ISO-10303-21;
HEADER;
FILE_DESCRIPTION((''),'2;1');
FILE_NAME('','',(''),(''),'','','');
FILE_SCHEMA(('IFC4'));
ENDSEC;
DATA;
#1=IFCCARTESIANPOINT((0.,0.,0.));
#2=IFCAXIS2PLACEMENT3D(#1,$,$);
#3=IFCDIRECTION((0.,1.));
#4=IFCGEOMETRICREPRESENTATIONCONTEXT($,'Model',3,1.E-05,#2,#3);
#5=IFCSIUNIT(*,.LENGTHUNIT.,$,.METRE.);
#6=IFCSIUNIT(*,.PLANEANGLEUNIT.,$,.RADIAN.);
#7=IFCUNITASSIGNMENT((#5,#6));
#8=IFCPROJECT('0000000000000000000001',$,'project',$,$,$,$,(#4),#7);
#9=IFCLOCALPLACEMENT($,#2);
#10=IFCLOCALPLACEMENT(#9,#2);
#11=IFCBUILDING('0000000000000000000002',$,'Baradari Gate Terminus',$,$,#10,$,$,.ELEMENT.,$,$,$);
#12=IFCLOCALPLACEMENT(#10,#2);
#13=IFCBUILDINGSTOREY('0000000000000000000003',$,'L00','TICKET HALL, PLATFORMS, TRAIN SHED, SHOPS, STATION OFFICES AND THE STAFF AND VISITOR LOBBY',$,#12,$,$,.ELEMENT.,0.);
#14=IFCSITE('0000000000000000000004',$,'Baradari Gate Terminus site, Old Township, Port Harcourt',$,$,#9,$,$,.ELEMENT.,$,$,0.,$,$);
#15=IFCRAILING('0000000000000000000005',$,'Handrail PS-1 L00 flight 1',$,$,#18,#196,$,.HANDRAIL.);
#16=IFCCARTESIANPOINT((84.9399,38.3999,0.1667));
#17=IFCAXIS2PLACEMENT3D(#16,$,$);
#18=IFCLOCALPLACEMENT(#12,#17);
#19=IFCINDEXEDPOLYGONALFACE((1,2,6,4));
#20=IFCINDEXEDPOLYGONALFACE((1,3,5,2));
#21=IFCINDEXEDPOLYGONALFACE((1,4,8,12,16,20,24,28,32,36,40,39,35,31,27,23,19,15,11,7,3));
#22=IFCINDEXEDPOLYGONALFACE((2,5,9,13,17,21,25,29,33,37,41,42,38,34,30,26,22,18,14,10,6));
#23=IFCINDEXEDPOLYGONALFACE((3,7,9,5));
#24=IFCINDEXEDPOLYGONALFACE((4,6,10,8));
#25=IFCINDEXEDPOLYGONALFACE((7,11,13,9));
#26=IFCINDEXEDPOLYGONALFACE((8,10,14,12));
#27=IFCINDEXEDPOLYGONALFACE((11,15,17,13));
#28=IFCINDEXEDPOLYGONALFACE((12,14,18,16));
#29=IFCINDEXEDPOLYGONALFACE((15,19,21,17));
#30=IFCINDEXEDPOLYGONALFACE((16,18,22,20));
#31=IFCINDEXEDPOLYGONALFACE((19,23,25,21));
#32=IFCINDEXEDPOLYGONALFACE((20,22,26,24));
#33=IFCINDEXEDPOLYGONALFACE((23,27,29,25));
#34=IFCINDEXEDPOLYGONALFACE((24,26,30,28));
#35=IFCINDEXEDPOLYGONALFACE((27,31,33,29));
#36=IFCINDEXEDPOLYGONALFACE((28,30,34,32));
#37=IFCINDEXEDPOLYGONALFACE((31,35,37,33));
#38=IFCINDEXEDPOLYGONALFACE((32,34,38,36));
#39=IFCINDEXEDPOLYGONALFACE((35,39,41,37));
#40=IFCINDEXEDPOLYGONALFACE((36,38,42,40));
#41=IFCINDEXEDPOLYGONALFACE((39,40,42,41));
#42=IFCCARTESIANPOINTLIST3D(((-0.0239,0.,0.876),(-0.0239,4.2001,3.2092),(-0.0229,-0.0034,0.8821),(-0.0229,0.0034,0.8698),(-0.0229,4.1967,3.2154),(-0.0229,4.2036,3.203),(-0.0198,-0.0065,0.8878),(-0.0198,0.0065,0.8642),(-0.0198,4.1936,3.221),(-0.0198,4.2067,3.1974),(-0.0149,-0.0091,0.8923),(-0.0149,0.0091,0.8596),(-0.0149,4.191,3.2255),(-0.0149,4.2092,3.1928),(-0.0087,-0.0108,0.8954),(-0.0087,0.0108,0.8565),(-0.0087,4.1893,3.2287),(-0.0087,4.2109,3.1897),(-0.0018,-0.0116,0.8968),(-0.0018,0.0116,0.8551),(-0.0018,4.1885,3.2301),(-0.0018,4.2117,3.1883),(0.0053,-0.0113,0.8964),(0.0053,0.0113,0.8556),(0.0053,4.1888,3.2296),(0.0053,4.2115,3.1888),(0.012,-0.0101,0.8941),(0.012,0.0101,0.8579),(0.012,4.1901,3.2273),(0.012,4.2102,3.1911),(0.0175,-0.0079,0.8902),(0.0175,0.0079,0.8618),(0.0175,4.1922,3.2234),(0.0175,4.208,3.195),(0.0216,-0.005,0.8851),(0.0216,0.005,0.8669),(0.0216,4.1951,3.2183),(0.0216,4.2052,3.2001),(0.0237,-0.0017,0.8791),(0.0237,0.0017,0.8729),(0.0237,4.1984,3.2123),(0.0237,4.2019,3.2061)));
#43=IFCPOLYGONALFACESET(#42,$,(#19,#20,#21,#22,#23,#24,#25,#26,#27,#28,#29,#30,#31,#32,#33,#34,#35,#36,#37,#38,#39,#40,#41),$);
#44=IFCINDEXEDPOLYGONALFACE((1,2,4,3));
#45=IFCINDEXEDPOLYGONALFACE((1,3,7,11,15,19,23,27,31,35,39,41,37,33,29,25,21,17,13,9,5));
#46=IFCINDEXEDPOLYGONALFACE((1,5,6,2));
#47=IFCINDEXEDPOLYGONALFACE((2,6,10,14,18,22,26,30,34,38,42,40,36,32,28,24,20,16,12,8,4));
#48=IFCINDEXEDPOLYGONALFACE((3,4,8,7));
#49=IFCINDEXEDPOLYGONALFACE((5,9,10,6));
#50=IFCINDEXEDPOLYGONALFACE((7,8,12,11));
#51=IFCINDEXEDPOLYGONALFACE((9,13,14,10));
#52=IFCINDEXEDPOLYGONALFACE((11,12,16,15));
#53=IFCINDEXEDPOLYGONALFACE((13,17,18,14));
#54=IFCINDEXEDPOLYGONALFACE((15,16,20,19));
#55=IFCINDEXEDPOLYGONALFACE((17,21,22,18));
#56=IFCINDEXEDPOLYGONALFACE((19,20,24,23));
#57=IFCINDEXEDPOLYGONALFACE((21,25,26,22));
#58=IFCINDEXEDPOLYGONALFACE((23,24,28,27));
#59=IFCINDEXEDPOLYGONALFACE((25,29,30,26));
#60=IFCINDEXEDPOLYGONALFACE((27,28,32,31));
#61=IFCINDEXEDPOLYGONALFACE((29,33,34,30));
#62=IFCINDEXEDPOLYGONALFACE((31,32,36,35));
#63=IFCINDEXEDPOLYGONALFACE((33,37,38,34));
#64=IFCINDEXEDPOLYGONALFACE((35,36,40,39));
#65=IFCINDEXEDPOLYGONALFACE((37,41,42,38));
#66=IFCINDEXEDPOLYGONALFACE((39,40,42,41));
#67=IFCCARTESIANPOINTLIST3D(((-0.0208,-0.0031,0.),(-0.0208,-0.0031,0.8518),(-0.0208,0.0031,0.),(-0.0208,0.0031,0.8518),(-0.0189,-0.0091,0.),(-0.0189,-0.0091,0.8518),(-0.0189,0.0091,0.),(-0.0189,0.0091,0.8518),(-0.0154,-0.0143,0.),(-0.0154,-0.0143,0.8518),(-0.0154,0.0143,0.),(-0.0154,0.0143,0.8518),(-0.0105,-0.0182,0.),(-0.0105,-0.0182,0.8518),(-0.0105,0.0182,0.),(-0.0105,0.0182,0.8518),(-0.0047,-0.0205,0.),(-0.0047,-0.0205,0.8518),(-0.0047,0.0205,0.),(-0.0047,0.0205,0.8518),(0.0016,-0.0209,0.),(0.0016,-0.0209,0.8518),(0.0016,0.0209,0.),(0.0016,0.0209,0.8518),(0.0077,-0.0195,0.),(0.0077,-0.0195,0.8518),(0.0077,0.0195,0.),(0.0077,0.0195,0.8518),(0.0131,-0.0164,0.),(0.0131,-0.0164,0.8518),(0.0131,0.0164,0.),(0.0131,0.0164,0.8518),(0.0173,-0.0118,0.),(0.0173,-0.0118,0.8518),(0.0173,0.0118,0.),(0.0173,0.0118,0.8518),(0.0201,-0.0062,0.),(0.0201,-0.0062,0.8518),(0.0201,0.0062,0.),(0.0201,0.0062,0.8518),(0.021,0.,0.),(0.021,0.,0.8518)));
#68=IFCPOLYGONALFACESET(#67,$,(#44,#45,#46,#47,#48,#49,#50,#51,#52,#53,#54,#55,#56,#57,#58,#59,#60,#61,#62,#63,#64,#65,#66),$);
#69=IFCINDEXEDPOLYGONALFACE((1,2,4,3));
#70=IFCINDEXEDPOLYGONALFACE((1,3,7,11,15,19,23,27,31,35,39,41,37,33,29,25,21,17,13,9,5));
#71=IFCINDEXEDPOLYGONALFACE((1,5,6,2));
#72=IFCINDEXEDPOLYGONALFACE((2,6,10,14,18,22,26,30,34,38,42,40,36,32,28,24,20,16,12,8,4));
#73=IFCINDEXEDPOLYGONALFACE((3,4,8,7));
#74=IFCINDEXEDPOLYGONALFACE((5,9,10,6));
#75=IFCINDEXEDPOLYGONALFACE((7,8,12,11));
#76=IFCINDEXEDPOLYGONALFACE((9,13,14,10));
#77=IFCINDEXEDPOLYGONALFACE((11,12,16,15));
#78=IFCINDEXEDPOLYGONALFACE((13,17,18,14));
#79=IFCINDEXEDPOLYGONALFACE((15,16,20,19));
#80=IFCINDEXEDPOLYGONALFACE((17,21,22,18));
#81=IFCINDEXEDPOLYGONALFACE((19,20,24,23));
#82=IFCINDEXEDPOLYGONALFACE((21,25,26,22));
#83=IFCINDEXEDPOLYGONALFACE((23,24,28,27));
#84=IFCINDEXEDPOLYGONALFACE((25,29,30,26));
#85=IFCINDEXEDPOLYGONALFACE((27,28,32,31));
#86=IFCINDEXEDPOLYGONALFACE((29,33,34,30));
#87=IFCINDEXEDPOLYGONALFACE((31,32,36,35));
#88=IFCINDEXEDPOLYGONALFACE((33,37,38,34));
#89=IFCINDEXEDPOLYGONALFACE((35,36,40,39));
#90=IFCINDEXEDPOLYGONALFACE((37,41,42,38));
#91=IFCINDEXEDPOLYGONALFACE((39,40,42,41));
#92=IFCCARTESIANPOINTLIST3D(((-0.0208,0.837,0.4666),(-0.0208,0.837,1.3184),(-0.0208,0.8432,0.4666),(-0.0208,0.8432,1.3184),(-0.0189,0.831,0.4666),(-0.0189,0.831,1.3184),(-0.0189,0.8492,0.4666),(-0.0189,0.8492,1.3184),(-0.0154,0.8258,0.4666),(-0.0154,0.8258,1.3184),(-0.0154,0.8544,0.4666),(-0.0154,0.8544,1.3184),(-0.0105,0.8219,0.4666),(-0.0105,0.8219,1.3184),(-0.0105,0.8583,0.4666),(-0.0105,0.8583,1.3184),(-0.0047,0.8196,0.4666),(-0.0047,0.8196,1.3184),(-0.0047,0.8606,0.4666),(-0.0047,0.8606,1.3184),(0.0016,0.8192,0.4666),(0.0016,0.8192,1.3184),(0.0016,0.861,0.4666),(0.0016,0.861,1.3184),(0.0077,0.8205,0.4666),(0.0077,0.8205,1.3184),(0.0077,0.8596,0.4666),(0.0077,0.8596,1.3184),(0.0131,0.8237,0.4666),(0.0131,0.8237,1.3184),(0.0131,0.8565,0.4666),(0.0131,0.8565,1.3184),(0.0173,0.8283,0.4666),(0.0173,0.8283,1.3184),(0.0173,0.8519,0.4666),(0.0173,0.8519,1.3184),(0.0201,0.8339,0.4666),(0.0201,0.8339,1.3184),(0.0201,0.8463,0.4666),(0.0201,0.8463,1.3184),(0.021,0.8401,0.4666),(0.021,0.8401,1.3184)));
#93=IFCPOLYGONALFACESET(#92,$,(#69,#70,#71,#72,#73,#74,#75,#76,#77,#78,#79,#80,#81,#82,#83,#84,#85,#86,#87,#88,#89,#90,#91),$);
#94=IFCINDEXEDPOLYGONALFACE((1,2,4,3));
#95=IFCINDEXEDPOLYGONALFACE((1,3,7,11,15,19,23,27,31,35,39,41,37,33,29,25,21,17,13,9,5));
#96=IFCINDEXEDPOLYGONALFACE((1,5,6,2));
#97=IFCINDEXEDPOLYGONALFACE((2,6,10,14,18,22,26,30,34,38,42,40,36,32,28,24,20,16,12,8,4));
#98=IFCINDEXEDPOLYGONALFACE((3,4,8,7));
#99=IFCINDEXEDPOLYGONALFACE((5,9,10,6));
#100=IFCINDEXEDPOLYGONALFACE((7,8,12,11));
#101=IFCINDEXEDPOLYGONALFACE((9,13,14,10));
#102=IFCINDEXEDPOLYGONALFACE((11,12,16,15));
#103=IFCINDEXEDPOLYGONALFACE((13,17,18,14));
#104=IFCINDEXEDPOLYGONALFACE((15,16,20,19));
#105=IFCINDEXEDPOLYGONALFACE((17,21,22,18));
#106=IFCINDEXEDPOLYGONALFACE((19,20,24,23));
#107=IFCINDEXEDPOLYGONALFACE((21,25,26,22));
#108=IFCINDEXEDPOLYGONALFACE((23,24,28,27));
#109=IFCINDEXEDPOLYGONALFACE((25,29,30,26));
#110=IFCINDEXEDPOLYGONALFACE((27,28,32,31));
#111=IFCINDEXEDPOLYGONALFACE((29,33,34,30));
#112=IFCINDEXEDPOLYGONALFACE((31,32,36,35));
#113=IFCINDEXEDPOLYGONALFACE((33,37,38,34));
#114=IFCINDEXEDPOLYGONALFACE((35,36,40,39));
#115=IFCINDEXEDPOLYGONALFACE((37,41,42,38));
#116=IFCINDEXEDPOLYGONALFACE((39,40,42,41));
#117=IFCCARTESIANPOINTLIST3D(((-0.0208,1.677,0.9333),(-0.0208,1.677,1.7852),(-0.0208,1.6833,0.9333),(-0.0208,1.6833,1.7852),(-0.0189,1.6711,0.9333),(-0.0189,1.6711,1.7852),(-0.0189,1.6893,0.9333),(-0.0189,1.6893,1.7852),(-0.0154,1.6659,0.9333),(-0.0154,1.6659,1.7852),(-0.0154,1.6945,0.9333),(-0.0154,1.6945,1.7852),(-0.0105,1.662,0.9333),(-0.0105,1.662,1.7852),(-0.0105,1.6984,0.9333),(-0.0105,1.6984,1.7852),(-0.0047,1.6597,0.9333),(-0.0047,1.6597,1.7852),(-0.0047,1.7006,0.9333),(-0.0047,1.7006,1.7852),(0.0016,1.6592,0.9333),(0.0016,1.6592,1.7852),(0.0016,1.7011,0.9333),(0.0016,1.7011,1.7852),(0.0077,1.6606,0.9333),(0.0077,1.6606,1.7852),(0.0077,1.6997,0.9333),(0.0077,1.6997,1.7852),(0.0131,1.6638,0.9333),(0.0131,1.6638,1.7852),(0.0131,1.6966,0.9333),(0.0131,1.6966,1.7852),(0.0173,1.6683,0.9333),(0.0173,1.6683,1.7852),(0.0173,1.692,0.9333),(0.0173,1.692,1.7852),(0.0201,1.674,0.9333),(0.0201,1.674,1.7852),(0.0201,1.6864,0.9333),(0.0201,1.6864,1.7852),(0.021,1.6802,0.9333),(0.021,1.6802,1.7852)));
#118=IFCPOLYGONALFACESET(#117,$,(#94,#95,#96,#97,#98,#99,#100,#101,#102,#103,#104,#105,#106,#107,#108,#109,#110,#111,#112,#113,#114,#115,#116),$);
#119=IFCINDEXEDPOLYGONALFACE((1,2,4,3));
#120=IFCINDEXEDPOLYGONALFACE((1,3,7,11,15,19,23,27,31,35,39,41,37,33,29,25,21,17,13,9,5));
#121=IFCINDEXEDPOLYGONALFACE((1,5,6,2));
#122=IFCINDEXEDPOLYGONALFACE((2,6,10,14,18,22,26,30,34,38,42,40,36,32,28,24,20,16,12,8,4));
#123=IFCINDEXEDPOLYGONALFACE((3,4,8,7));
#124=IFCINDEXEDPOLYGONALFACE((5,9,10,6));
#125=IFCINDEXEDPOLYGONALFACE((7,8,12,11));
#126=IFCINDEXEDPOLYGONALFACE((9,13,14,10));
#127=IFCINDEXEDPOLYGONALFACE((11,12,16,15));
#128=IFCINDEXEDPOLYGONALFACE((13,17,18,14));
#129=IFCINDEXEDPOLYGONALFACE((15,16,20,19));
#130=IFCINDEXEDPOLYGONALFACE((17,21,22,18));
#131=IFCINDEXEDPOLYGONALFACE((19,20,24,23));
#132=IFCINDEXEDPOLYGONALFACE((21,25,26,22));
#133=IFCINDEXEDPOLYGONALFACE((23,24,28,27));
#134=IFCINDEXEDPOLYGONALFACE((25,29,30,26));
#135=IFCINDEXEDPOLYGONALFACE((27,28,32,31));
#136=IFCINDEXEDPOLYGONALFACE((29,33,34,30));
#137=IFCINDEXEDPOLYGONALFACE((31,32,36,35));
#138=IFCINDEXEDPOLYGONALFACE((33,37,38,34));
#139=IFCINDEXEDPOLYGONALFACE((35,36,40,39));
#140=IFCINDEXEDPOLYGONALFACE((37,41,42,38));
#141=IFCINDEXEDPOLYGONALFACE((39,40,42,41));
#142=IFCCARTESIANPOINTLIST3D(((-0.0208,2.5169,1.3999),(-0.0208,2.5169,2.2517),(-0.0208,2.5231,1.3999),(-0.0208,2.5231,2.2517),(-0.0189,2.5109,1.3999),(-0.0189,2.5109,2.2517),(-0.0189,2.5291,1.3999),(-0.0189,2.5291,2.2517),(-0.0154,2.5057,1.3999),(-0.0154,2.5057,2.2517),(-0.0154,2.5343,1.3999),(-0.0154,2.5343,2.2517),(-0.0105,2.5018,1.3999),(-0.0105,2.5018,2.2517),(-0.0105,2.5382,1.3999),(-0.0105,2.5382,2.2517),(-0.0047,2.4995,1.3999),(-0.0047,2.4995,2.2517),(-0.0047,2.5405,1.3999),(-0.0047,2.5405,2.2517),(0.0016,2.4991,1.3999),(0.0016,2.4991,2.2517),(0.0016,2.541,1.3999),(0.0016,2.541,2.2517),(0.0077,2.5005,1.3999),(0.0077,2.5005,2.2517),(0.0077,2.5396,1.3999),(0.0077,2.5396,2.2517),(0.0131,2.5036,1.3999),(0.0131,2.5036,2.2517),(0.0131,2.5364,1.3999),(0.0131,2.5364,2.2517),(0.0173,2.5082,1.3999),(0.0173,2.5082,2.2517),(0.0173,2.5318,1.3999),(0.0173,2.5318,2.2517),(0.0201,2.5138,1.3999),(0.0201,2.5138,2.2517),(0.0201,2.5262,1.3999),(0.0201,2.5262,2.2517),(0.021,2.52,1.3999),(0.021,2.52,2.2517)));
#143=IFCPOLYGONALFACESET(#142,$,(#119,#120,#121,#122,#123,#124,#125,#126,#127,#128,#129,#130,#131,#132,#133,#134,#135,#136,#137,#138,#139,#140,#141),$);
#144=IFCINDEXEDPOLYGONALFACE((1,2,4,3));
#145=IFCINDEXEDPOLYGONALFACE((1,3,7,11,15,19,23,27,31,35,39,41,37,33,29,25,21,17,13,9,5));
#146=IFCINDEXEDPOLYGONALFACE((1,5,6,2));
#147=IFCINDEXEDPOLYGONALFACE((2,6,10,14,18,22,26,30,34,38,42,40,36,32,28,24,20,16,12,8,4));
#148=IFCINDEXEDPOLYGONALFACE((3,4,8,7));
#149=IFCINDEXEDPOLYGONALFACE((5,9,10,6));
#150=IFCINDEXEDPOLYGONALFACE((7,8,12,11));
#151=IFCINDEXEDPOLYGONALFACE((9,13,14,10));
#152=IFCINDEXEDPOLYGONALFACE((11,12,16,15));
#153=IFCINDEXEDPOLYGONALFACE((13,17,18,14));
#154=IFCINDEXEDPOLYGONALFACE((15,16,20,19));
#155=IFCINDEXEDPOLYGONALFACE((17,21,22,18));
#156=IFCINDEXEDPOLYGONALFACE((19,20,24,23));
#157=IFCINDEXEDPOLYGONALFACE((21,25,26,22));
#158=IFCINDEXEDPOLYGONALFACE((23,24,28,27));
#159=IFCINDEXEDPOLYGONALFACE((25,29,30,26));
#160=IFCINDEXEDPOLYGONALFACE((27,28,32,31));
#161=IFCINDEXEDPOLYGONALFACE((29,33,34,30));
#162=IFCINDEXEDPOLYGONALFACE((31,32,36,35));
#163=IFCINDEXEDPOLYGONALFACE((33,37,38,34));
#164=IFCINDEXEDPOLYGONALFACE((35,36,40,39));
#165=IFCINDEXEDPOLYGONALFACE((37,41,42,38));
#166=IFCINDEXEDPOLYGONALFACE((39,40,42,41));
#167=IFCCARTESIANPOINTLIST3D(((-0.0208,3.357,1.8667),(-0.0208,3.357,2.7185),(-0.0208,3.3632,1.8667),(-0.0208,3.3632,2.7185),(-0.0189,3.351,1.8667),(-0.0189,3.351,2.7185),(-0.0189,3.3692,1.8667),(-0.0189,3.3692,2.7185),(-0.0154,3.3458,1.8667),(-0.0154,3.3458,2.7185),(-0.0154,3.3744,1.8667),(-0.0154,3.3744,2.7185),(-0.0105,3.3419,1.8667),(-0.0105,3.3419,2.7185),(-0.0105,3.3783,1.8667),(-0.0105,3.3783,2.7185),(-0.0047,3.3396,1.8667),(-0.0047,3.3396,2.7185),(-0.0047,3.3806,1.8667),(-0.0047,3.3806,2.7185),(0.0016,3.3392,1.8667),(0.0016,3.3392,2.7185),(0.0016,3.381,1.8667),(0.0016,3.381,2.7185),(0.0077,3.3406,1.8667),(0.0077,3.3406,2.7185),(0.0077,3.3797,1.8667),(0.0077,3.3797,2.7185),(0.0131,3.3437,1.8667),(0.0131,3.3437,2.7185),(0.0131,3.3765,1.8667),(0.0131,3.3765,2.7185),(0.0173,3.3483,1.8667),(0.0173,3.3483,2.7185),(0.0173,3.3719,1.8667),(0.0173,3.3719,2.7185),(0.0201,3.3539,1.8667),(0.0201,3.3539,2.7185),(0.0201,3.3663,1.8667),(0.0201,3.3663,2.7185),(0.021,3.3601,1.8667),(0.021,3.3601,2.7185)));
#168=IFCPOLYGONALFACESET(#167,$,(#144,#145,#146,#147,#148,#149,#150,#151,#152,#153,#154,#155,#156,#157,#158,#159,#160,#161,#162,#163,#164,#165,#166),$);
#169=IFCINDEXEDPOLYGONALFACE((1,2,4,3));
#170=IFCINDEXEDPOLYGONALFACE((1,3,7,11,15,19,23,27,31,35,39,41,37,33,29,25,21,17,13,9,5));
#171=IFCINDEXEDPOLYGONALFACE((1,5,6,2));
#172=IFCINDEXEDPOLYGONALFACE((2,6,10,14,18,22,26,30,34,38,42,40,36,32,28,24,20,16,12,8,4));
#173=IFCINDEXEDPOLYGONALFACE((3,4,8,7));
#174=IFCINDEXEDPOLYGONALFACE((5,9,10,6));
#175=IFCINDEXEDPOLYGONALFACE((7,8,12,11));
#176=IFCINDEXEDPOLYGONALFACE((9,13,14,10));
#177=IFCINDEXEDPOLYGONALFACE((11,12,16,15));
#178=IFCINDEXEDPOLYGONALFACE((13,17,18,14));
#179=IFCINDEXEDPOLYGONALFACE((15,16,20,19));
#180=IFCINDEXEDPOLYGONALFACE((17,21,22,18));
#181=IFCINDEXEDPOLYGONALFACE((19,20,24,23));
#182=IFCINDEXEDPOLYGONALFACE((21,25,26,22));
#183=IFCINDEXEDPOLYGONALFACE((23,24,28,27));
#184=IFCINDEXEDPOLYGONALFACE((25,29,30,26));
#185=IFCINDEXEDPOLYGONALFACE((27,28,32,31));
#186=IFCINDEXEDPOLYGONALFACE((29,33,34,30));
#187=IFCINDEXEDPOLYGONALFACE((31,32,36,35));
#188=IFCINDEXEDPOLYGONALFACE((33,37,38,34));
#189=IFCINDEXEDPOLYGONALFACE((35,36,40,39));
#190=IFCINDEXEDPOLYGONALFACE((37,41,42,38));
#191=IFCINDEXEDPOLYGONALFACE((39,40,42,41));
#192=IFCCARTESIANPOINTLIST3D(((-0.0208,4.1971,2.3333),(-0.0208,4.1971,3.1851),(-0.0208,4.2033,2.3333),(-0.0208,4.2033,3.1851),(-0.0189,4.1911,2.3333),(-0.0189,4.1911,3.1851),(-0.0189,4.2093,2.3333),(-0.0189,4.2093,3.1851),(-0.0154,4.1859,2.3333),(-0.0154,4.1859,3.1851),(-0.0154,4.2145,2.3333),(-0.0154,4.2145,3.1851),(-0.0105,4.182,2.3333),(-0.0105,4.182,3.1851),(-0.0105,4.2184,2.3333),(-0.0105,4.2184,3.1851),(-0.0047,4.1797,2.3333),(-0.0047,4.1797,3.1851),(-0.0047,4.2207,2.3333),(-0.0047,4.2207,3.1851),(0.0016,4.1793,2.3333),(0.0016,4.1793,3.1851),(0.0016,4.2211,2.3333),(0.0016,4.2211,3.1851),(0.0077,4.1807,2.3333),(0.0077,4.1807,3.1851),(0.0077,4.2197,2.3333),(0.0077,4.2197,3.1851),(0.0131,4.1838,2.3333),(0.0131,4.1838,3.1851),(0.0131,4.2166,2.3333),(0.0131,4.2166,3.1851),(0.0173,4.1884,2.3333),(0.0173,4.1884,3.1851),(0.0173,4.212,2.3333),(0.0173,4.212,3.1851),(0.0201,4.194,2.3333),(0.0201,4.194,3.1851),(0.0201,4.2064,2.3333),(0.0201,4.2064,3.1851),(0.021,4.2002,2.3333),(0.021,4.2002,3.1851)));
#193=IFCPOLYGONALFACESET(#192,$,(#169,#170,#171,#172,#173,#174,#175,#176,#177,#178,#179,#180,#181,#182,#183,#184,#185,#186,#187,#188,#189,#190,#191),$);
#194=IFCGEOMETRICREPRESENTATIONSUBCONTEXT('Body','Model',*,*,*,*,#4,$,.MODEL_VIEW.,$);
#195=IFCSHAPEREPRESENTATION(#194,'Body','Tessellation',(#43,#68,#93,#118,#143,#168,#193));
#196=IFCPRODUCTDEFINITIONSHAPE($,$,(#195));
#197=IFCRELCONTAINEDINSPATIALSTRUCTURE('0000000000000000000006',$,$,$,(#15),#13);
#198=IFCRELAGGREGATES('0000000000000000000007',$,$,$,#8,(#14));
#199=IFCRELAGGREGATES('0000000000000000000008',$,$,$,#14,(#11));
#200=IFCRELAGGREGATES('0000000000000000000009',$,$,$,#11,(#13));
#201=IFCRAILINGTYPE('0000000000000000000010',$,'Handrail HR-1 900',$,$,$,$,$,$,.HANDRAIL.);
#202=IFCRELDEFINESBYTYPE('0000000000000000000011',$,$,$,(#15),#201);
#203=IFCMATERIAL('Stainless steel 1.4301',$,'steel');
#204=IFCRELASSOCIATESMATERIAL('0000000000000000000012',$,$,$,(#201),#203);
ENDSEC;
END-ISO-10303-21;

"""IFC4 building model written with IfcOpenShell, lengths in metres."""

from ifc_helpers import new_model, si_unit, direction, frame, origin, origin_2d, place, context, subcontext, project, spatial, circle, extrude, material, type_object, element, save


model = new_model("IFC4")

# Units and contexts
model_context = context("Model", 3, precision=1e-05, world=origin(), true_north=direction((0.0, 1.0)))
body_context = subcontext(model_context, "Body", "Model", "MODEL_VIEW")
ifc_project = project(units=[si_unit("LENGTHUNIT", "METRE"), si_unit("PLANEANGLEUNIT", "RADIAN")], contexts=[model_context])

# Site, building, storey
site_placement = place(None, origin())
site = spatial("IfcSite", under=ifc_project, at=site_placement, Name="Baradari Gate Terminus site, Old Township, Port Harcourt", CompositionType="ELEMENT", RefElevation=0.0)
building_placement = place(site_placement, origin())
building = spatial("IfcBuilding", under=site, at=building_placement, Name="Baradari Gate Terminus", CompositionType="ELEMENT")
storey_placement = place(building_placement, origin())
storey = spatial("IfcBuildingStorey", under=building, at=storey_placement, Name="L00", Description="TICKET HALL, PLATFORMS, TRAIN SHED, SHOPS, STATION OFFICES AND THE STAFF AND VISITOR LOBBY", CompositionType="ELEMENT", Elevation=0.0)

# Railing
ifc_material_1 = material(Name="Stainless steel 1.4301", Category="steel")
railing_type_1 = type_object("IfcRailingType", Name="Handrail HR-1 900", PredefinedType="HANDRAIL", material=ifc_material_1)
railing_1_placement = place(storey_placement, frame((84.9399, 38.3999, 0.1667)))
element("IfcRailing", 1, at=railing_1_placement, inside=storey, type_object=railing_type_1, Name="Handrail PS-1 L00 flight 1", PredefinedType="HANDRAIL", context=body_context, shape_type="SweptSolid", body=[
    extrude(circle(Radius=0.0239, at=origin_2d()), frame((0.0, 0.0, 0.876), z_axis=(0.0, 0.874174, 0.485613), x_axis=(-1.0, 0.0, 0.0)), (0.0, 0.0, 1.0), 4.8047),
    extrude(circle(Radius=0.021, at=origin_2d()), origin(), (0.0, 0.0, 1.0), 0.8518),
    extrude(circle(Radius=0.021, at=origin_2d()), frame((0.0, 0.8401, 0.4666)), (0.0, 0.0, 1.0), 0.8518),
    extrude(circle(Radius=0.021, at=origin_2d()), frame((0.0, 1.6802, 0.9333)), (0.0, 0.0, 1.0), 0.8518),
    extrude(circle(Radius=0.021, at=origin_2d()), frame((0.0, 2.52, 1.3999)), (0.0, 0.0, 1.0), 0.8518),
    extrude(circle(Radius=0.021, at=origin_2d()), frame((0.0, 3.3601, 1.8667)), (0.0, 0.0, 1.0), 0.8518),
    extrude(circle(Radius=0.021, at=origin_2d()), frame((0.0, 4.2002, 2.3333)), (0.0, 0.0, 1.0), 0.8518),
])

save(model, "model.ifc")
